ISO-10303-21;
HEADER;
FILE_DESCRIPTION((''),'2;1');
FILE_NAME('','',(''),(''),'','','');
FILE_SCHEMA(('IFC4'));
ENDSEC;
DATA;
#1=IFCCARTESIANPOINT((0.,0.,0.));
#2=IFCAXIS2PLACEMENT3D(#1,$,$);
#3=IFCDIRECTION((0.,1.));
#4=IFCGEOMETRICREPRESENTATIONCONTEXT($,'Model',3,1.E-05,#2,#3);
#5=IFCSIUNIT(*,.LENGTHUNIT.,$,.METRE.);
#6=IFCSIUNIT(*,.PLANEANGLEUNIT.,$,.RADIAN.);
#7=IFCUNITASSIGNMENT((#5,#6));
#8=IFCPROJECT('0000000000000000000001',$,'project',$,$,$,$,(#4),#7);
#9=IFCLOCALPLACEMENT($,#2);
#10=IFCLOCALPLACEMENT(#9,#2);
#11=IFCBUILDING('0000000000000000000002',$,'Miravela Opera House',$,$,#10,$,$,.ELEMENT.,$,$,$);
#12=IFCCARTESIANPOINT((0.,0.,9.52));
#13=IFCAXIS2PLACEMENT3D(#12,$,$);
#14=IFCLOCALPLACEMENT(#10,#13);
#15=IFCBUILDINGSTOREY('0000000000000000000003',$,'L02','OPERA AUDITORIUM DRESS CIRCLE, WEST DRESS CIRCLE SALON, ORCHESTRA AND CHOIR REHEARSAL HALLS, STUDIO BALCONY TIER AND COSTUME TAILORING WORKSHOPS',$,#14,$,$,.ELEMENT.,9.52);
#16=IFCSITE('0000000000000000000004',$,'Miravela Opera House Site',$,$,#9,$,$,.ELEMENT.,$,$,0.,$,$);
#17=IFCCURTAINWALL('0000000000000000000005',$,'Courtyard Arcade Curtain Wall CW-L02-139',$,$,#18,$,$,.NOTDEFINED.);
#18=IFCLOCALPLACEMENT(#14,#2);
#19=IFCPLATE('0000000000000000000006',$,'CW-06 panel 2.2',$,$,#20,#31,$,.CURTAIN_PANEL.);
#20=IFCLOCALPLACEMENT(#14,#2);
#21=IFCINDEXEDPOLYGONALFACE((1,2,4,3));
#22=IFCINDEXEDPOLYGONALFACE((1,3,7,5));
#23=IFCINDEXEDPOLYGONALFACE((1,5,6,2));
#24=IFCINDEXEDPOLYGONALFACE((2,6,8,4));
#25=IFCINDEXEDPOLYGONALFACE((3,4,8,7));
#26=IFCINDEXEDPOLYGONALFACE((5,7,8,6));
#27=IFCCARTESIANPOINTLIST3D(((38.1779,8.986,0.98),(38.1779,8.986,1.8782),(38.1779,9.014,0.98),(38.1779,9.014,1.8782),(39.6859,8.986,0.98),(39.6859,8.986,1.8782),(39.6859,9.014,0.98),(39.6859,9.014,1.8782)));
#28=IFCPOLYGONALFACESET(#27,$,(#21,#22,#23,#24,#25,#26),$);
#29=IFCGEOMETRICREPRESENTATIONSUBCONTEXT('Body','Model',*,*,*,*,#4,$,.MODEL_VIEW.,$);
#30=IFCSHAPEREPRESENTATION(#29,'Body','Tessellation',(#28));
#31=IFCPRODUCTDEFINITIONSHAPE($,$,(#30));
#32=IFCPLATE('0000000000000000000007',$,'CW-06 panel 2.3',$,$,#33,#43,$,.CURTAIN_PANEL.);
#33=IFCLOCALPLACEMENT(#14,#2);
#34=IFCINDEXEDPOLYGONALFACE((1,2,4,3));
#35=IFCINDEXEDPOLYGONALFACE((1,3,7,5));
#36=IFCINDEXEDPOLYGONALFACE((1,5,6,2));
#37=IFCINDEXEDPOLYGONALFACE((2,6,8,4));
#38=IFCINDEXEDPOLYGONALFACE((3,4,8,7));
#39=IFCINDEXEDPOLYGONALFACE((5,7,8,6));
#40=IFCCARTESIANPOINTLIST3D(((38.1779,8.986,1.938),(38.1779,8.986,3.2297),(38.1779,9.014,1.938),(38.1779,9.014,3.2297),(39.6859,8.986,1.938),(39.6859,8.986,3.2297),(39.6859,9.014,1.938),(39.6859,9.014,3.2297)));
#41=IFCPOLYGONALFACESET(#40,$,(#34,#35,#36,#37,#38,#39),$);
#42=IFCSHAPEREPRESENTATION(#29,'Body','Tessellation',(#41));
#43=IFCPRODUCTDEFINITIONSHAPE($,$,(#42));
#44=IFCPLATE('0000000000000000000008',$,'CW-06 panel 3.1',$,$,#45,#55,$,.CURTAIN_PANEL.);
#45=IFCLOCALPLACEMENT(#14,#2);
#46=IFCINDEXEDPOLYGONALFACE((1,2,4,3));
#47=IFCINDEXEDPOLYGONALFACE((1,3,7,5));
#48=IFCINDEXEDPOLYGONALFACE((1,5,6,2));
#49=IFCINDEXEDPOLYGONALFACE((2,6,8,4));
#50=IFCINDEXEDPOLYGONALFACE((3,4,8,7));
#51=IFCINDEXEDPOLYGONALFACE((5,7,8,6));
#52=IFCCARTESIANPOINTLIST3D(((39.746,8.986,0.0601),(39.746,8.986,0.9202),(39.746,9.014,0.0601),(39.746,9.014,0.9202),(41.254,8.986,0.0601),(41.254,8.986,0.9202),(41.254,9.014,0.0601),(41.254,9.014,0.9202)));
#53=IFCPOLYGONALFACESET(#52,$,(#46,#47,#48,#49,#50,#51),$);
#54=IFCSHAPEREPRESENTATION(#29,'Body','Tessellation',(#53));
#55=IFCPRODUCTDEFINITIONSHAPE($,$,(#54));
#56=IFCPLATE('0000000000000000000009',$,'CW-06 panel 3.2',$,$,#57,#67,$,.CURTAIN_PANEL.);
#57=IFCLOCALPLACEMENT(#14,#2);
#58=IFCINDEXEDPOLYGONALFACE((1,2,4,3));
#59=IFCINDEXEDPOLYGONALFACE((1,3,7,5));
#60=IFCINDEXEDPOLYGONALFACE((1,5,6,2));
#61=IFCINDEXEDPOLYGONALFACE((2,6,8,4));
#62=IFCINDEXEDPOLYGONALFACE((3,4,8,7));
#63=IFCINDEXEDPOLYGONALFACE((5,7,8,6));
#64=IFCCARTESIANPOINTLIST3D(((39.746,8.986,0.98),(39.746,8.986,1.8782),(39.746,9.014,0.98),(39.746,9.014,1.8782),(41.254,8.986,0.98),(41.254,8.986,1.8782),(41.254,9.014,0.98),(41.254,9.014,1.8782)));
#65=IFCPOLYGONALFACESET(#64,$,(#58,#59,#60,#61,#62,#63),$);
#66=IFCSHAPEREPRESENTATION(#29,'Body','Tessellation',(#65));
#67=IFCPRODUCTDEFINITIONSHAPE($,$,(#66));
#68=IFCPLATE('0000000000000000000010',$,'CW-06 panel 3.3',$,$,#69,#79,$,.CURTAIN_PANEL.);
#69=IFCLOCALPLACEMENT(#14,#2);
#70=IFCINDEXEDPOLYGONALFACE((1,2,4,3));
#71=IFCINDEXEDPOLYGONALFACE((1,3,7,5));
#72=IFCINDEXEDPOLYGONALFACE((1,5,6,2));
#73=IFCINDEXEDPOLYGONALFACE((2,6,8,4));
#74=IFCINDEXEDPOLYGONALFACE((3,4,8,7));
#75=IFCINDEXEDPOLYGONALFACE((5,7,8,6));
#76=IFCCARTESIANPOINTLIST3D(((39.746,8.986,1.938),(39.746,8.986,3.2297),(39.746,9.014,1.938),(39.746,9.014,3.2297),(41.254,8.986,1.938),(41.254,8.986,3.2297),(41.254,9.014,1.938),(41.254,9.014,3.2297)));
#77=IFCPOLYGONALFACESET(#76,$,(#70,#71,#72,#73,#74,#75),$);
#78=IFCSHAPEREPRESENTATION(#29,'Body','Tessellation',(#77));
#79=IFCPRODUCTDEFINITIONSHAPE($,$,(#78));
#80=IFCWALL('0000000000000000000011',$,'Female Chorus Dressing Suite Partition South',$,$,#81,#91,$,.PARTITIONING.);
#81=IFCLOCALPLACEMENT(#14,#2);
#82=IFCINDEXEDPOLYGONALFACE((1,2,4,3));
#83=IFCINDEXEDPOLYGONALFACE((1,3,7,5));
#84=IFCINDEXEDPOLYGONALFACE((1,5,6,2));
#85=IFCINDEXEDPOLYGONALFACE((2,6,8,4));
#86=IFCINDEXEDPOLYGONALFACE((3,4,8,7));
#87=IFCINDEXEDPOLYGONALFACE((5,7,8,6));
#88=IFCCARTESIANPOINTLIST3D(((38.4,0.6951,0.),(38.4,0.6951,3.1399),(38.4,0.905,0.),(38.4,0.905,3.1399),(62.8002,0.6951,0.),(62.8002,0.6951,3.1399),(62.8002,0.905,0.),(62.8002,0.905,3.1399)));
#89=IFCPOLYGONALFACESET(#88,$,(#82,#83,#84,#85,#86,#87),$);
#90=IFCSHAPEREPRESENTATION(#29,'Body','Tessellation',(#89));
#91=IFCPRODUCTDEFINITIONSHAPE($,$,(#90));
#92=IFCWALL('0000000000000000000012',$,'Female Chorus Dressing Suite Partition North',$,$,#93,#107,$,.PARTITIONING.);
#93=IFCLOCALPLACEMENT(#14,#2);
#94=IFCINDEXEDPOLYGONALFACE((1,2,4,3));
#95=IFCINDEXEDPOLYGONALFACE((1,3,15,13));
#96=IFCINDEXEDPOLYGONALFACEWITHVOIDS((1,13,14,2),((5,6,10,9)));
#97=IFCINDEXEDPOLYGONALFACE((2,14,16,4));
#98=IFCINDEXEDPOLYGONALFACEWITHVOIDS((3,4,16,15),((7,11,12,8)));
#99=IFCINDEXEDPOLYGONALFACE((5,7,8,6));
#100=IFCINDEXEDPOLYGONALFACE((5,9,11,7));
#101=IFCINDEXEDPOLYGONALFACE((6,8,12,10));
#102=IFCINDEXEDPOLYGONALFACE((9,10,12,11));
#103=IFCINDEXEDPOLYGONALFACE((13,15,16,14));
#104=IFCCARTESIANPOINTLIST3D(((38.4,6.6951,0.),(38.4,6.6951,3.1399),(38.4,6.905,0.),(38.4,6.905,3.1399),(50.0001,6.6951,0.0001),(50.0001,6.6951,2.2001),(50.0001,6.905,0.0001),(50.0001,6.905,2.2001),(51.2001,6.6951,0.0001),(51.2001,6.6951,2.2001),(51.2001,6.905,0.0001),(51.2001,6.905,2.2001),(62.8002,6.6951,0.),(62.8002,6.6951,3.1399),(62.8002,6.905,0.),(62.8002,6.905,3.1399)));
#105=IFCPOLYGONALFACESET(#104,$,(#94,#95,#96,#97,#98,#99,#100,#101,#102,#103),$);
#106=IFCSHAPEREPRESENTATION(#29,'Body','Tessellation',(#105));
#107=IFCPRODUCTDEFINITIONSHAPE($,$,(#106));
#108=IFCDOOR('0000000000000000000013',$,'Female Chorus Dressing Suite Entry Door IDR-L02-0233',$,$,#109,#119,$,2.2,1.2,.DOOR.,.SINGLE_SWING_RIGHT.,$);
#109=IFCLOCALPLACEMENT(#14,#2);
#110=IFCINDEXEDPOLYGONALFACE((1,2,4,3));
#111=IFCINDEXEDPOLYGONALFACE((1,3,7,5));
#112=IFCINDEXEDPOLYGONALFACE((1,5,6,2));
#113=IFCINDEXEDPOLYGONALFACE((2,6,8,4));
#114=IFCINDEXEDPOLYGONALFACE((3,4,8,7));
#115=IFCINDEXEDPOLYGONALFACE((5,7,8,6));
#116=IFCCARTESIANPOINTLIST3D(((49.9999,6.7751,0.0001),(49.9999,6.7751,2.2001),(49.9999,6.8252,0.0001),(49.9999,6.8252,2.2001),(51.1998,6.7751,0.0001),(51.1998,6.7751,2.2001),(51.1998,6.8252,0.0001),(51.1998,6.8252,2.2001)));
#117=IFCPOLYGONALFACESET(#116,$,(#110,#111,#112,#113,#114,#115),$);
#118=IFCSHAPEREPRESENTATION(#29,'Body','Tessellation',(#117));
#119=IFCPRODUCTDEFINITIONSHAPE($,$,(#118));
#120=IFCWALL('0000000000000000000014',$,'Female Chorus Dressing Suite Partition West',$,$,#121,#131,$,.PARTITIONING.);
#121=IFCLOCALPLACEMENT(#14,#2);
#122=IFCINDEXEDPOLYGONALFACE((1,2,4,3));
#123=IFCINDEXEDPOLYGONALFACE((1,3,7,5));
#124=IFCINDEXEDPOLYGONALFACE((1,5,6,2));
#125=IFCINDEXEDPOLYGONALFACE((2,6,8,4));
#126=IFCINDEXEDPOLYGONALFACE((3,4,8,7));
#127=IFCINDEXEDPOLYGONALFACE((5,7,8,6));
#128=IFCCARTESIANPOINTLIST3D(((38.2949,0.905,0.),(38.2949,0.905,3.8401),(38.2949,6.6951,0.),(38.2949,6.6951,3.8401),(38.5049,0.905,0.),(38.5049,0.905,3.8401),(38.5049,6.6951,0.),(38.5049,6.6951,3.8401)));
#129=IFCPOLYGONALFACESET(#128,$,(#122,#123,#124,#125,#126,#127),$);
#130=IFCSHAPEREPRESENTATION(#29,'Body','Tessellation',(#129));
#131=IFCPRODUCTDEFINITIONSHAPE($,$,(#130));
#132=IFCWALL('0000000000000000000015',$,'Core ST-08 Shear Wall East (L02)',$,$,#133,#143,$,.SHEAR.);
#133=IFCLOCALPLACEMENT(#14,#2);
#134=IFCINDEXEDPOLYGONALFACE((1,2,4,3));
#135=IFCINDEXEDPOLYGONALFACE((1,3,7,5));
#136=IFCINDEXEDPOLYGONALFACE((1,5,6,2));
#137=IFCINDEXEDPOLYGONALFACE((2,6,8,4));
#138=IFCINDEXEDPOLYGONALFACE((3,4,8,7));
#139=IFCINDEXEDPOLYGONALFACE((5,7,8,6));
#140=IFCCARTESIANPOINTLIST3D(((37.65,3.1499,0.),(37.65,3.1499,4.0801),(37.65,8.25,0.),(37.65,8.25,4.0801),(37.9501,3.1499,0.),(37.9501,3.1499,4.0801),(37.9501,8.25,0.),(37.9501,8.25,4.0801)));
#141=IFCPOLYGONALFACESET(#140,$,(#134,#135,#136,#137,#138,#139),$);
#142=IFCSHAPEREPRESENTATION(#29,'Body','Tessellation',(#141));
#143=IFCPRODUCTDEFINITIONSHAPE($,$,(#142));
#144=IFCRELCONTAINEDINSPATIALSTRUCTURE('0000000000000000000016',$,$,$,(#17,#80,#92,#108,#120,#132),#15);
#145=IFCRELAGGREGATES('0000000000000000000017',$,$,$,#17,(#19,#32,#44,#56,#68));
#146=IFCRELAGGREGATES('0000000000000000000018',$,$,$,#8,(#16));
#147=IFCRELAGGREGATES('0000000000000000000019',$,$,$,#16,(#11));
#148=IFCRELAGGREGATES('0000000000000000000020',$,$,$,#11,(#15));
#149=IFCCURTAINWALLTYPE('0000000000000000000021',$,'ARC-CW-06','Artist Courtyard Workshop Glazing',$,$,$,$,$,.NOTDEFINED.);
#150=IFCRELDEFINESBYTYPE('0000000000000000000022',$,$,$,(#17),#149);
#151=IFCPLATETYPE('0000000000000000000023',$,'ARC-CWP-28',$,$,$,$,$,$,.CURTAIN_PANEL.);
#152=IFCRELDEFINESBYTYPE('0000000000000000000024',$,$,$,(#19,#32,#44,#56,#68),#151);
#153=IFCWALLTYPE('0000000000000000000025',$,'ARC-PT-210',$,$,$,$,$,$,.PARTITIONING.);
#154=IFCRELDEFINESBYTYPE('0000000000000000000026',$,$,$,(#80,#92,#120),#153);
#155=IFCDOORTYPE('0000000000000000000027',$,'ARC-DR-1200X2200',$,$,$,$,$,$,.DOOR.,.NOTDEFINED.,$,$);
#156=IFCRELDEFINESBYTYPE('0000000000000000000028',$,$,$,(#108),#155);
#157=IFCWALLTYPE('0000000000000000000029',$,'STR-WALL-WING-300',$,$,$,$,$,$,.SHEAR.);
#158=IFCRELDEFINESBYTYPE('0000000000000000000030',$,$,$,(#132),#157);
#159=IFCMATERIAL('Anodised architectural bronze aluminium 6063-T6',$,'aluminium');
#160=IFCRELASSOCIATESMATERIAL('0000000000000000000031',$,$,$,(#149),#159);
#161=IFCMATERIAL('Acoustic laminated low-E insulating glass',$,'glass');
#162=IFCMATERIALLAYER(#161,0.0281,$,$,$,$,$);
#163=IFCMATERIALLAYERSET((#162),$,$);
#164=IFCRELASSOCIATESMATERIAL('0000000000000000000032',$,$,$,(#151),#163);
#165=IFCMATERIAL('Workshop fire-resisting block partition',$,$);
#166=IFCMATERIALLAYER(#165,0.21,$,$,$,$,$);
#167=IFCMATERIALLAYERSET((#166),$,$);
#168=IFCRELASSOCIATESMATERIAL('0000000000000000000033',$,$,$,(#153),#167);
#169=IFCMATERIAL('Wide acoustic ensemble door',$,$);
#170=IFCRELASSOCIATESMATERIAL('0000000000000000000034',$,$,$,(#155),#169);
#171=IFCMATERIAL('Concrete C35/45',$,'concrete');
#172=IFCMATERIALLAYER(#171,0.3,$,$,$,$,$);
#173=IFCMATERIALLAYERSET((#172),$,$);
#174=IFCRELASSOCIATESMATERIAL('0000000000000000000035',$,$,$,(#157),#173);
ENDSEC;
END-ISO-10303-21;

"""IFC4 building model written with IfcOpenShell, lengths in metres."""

from ifc_helpers import new_model, si_unit, direction, frame, frame_2d, origin, origin_2d, place, context, subcontext, project, spatial, rectangle, extrude, material, layer, layer_set, type_object, element, fill, aggregate, save


model = new_model("IFC4")

# Units and contexts
model_context = context("Model", 3, precision=1e-05, world=origin(), true_north=direction((0.0, 1.0)))
body_context = subcontext(model_context, "Body", "Model", "MODEL_VIEW")
ifc_project = project(units=[si_unit("LENGTHUNIT", "METRE"), si_unit("PLANEANGLEUNIT", "RADIAN")], contexts=[model_context])

# Site, building, storey
site_placement = place(None, origin())
site = spatial("IfcSite", under=ifc_project, at=site_placement, Name="Miravela Opera House Site", CompositionType="ELEMENT", RefElevation=0.0)
building_placement = place(site_placement, origin())
building = spatial("IfcBuilding", under=site, at=building_placement, Name="Miravela Opera House", CompositionType="ELEMENT")
storey_placement = place(building_placement, frame((0.0, 0.0, 9.52)))
storey = spatial("IfcBuildingStorey", under=building, at=storey_placement, Name="L02", Description="OPERA AUDITORIUM DRESS CIRCLE, WEST DRESS CIRCLE SALON, ORCHESTRA AND CHOIR REHEARSAL HALLS, STUDIO BALCONY TIER AND COSTUME TAILORING WORKSHOPS", CompositionType="ELEMENT", Elevation=9.52)

# Shared definitions
ifc_material_1 = material(Name="Concrete C35/45", Category="concrete")

# Curtain wall, plates
ifc_material_2 = material(Name="Anodised architectural bronze aluminium 6063-T6", Category="aluminium")
curtain_wall_type = type_object("IfcCurtainWallType", Name="ARC-CW-06", Description="Artist Courtyard Workshop Glazing", PredefinedType="NOTDEFINED", material=ifc_material_2)
curtain_wall_placement = place(storey_placement, origin())
curtain_wall = element("IfcCurtainWall", 1, at=curtain_wall_placement, inside=storey, type_object=curtain_wall_type, Name="Courtyard Arcade Curtain Wall CW-L02-139", PredefinedType="NOTDEFINED")
ifc_material_3 = material(Name="Acoustic laminated low-E insulating glass", Category="glass")
ifc_layer_1 = layer(ifc_material_3, 0.0281)
ifc_layer_set_1 = layer_set([ifc_layer_1])
plate_type = type_object("IfcPlateType", Name="ARC-CWP-28", PredefinedType="CURTAIN_PANEL", material=ifc_layer_set_1)
plate_1_placement = place(storey_placement, frame((38.9319, 9.0, 0.98), z_axis=(0.0, 0.0, 1.0), x_axis=(1.0, 0.0, 0.0)))
plate_1 = element("IfcPlate", 2, at=plate_1_placement, type_object=plate_type, Name="CW-06 panel 2.2", PredefinedType="CURTAIN_PANEL", context=body_context, shape_type="SweptSolid", body=[
    extrude(rectangle(XDim=1.5081, YDim=0.0281, at=origin_2d()), origin(), (0.0, 0.0, 1.0), 0.8982),
])
plate_2_placement = place(storey_placement, frame((38.9319, 9.0, 1.938), z_axis=(0.0, 0.0, 1.0), x_axis=(1.0, 0.0, 0.0)))
plate_2 = element("IfcPlate", 3, at=plate_2_placement, type_object=plate_type, Name="CW-06 panel 2.3", PredefinedType="CURTAIN_PANEL", context=body_context, shape_type="SweptSolid", body=[
    extrude(rectangle(XDim=1.5081, YDim=0.0281, at=origin_2d()), origin(), (0.0, 0.0, 1.0), 1.2917),
])
plate_3_placement = place(storey_placement, frame((40.5, 9.0, 0.0601), z_axis=(0.0, 0.0, 1.0), x_axis=(1.0, 0.0, 0.0)))
plate_3 = element("IfcPlate", 4, at=plate_3_placement, type_object=plate_type, Name="CW-06 panel 3.1", PredefinedType="CURTAIN_PANEL", context=body_context, shape_type="SweptSolid", body=[
    extrude(rectangle(XDim=1.5081, YDim=0.0281, at=origin_2d()), origin(), (0.0, 0.0, 1.0), 0.8601),
])
plate_4_placement = place(storey_placement, frame((40.5, 9.0, 0.98), z_axis=(0.0, 0.0, 1.0), x_axis=(1.0, 0.0, 0.0)))
plate_4 = element("IfcPlate", 5, at=plate_4_placement, type_object=plate_type, Name="CW-06 panel 3.2", PredefinedType="CURTAIN_PANEL", context=body_context, shape_type="SweptSolid", body=[
    extrude(rectangle(XDim=1.5081, YDim=0.0281, at=origin_2d()), origin(), (0.0, 0.0, 1.0), 0.8982),
])
plate_5_placement = place(storey_placement, frame((40.5, 9.0, 1.938), z_axis=(0.0, 0.0, 1.0), x_axis=(1.0, 0.0, 0.0)))
plate_5 = element("IfcPlate", 6, at=plate_5_placement, type_object=plate_type, Name="CW-06 panel 3.3", PredefinedType="CURTAIN_PANEL", context=body_context, shape_type="SweptSolid", body=[
    extrude(rectangle(XDim=1.5081, YDim=0.0281, at=origin_2d()), origin(), (0.0, 0.0, 1.0), 1.2917),
])
aggregate(curtain_wall, [plate_1, plate_2, plate_3, plate_4, plate_5])

# Wall
ifc_material_4 = material(Name="Workshop fire-resisting block partition")
ifc_layer_2 = layer(ifc_material_4, 0.21)
ifc_layer_set_2 = layer_set([ifc_layer_2])
wall_type_1 = type_object("IfcWallType", Name="ARC-PT-210", PredefinedType="PARTITIONING", material=ifc_layer_set_2)
wall_1_placement = place(storey_placement, frame((38.3999, 0.8, 0.0), z_axis=(0.0, 0.0, 1.0), x_axis=(1.0, 0.0, 0.0)))
element("IfcWall", 7, at=wall_1_placement, inside=storey, type_object=wall_type_1, Name="Female Chorus Dressing Suite Partition South", PredefinedType="PARTITIONING", context=body_context, shape_type="SweptSolid", body=[
    extrude(rectangle(XDim=24.4001, YDim=0.21, at=frame_2d((12.2002, 0.0))), origin(), (0.0, 0.0, 1.0), 3.1399),
])

# Wall, opening, door
wall_2_placement = place(storey_placement, frame((38.3999, 6.8, 0.0), z_axis=(0.0, 0.0, 1.0), x_axis=(1.0, 0.0, 0.0)))
wall_2 = element("IfcWall", 8, at=wall_2_placement, inside=storey, type_object=wall_type_1, Name="Female Chorus Dressing Suite Partition North", PredefinedType="PARTITIONING", context=body_context, shape_type="SweptSolid", body=[
    extrude(rectangle(XDim=24.4001, YDim=0.21, at=frame_2d((12.2002, 0.0))), origin(), (0.0, 0.0, 1.0), 3.1399),
])
opening_placement = place(wall_2_placement, frame((11.6001, 0.0, 0.0)))
opening = element("IfcOpeningElement", 9, at=opening_placement, cuts=wall_2, PredefinedType="OPENING", context=body_context, shape_type="SweptSolid", body=[
    extrude(rectangle(XDim=1.2, YDim=2.2, at=frame_2d((0.6001, 1.1001))), frame((0.0, 0.115, 0.0), z_axis=(0.0, -1.0, 0.0), x_axis=(1.0, 0.0, 0.0)), (0.0, 0.0, 1.0), 0.23),
])
ifc_material_5 = material(Name="Wide acoustic ensemble door")
door_type = type_object("IfcDoorType", Name="ARC-DR-1200X2200", OperationType="NOTDEFINED", PredefinedType="DOOR", material=ifc_material_5)
door_placement = place(opening_placement, frame((1.2, 0.0, 0.0), z_axis=(0.0, 0.0, 1.0), x_axis=(-1.0, 0.0, 0.0)))
door = element("IfcDoor", 10, at=door_placement, inside=storey, type_object=door_type, Name="Female Chorus Dressing Suite Entry Door IDR-L02-0233", OperationType="SINGLE_SWING_RIGHT", OverallHeight=2.2, OverallWidth=1.2, PredefinedType="DOOR", context=body_context, shape_type="SweptSolid", body=[
    extrude(rectangle(XDim=1.2, YDim=2.2, at=frame_2d((0.6001, 1.1001))), frame((0.0, 0.0249, 0.0), z_axis=(0.0, -1.0, 0.0), x_axis=(1.0, 0.0, 0.0)), (0.0, 0.0, 1.0), 0.05),
])
fill(opening, door)

# Walls
wall_3_placement = place(storey_placement, frame((38.3999, 0.905, 0.0), z_axis=(0.0, 0.0, 1.0), x_axis=(0.0, 1.0, 0.0)))
element("IfcWall", 11, at=wall_3_placement, inside=storey, type_object=wall_type_1, Name="Female Chorus Dressing Suite Partition West", PredefinedType="PARTITIONING", context=body_context, shape_type="SweptSolid", body=[
    extrude(rectangle(XDim=5.79, YDim=0.21, at=frame_2d((2.895, 0.0))), origin(), (0.0, 0.0, 1.0), 3.8401),
])
ifc_layer_3 = layer(ifc_material_1, 0.3)
ifc_layer_set_3 = layer_set([ifc_layer_3])
wall_type_2 = type_object("IfcWallType", Name="STR-WALL-WING-300", PredefinedType="SHEAR", material=ifc_layer_set_3)
wall_4_placement = place(storey_placement, frame((37.8, 3.1499, 0.0), z_axis=(0.0, 0.0, 1.0), x_axis=(0.0, 1.0, 0.0)))
element("IfcWall", 12, at=wall_4_placement, inside=storey, type_object=wall_type_2, Name="Core ST-08 Shear Wall East (L02)", PredefinedType="SHEAR", context=body_context, shape_type="SweptSolid", body=[
    extrude(rectangle(XDim=5.1001, YDim=0.3, at=frame_2d((2.55, 0.0))), origin(), (0.0, 0.0, 1.0), 4.0801),
])

save(model, "model.ifc")
